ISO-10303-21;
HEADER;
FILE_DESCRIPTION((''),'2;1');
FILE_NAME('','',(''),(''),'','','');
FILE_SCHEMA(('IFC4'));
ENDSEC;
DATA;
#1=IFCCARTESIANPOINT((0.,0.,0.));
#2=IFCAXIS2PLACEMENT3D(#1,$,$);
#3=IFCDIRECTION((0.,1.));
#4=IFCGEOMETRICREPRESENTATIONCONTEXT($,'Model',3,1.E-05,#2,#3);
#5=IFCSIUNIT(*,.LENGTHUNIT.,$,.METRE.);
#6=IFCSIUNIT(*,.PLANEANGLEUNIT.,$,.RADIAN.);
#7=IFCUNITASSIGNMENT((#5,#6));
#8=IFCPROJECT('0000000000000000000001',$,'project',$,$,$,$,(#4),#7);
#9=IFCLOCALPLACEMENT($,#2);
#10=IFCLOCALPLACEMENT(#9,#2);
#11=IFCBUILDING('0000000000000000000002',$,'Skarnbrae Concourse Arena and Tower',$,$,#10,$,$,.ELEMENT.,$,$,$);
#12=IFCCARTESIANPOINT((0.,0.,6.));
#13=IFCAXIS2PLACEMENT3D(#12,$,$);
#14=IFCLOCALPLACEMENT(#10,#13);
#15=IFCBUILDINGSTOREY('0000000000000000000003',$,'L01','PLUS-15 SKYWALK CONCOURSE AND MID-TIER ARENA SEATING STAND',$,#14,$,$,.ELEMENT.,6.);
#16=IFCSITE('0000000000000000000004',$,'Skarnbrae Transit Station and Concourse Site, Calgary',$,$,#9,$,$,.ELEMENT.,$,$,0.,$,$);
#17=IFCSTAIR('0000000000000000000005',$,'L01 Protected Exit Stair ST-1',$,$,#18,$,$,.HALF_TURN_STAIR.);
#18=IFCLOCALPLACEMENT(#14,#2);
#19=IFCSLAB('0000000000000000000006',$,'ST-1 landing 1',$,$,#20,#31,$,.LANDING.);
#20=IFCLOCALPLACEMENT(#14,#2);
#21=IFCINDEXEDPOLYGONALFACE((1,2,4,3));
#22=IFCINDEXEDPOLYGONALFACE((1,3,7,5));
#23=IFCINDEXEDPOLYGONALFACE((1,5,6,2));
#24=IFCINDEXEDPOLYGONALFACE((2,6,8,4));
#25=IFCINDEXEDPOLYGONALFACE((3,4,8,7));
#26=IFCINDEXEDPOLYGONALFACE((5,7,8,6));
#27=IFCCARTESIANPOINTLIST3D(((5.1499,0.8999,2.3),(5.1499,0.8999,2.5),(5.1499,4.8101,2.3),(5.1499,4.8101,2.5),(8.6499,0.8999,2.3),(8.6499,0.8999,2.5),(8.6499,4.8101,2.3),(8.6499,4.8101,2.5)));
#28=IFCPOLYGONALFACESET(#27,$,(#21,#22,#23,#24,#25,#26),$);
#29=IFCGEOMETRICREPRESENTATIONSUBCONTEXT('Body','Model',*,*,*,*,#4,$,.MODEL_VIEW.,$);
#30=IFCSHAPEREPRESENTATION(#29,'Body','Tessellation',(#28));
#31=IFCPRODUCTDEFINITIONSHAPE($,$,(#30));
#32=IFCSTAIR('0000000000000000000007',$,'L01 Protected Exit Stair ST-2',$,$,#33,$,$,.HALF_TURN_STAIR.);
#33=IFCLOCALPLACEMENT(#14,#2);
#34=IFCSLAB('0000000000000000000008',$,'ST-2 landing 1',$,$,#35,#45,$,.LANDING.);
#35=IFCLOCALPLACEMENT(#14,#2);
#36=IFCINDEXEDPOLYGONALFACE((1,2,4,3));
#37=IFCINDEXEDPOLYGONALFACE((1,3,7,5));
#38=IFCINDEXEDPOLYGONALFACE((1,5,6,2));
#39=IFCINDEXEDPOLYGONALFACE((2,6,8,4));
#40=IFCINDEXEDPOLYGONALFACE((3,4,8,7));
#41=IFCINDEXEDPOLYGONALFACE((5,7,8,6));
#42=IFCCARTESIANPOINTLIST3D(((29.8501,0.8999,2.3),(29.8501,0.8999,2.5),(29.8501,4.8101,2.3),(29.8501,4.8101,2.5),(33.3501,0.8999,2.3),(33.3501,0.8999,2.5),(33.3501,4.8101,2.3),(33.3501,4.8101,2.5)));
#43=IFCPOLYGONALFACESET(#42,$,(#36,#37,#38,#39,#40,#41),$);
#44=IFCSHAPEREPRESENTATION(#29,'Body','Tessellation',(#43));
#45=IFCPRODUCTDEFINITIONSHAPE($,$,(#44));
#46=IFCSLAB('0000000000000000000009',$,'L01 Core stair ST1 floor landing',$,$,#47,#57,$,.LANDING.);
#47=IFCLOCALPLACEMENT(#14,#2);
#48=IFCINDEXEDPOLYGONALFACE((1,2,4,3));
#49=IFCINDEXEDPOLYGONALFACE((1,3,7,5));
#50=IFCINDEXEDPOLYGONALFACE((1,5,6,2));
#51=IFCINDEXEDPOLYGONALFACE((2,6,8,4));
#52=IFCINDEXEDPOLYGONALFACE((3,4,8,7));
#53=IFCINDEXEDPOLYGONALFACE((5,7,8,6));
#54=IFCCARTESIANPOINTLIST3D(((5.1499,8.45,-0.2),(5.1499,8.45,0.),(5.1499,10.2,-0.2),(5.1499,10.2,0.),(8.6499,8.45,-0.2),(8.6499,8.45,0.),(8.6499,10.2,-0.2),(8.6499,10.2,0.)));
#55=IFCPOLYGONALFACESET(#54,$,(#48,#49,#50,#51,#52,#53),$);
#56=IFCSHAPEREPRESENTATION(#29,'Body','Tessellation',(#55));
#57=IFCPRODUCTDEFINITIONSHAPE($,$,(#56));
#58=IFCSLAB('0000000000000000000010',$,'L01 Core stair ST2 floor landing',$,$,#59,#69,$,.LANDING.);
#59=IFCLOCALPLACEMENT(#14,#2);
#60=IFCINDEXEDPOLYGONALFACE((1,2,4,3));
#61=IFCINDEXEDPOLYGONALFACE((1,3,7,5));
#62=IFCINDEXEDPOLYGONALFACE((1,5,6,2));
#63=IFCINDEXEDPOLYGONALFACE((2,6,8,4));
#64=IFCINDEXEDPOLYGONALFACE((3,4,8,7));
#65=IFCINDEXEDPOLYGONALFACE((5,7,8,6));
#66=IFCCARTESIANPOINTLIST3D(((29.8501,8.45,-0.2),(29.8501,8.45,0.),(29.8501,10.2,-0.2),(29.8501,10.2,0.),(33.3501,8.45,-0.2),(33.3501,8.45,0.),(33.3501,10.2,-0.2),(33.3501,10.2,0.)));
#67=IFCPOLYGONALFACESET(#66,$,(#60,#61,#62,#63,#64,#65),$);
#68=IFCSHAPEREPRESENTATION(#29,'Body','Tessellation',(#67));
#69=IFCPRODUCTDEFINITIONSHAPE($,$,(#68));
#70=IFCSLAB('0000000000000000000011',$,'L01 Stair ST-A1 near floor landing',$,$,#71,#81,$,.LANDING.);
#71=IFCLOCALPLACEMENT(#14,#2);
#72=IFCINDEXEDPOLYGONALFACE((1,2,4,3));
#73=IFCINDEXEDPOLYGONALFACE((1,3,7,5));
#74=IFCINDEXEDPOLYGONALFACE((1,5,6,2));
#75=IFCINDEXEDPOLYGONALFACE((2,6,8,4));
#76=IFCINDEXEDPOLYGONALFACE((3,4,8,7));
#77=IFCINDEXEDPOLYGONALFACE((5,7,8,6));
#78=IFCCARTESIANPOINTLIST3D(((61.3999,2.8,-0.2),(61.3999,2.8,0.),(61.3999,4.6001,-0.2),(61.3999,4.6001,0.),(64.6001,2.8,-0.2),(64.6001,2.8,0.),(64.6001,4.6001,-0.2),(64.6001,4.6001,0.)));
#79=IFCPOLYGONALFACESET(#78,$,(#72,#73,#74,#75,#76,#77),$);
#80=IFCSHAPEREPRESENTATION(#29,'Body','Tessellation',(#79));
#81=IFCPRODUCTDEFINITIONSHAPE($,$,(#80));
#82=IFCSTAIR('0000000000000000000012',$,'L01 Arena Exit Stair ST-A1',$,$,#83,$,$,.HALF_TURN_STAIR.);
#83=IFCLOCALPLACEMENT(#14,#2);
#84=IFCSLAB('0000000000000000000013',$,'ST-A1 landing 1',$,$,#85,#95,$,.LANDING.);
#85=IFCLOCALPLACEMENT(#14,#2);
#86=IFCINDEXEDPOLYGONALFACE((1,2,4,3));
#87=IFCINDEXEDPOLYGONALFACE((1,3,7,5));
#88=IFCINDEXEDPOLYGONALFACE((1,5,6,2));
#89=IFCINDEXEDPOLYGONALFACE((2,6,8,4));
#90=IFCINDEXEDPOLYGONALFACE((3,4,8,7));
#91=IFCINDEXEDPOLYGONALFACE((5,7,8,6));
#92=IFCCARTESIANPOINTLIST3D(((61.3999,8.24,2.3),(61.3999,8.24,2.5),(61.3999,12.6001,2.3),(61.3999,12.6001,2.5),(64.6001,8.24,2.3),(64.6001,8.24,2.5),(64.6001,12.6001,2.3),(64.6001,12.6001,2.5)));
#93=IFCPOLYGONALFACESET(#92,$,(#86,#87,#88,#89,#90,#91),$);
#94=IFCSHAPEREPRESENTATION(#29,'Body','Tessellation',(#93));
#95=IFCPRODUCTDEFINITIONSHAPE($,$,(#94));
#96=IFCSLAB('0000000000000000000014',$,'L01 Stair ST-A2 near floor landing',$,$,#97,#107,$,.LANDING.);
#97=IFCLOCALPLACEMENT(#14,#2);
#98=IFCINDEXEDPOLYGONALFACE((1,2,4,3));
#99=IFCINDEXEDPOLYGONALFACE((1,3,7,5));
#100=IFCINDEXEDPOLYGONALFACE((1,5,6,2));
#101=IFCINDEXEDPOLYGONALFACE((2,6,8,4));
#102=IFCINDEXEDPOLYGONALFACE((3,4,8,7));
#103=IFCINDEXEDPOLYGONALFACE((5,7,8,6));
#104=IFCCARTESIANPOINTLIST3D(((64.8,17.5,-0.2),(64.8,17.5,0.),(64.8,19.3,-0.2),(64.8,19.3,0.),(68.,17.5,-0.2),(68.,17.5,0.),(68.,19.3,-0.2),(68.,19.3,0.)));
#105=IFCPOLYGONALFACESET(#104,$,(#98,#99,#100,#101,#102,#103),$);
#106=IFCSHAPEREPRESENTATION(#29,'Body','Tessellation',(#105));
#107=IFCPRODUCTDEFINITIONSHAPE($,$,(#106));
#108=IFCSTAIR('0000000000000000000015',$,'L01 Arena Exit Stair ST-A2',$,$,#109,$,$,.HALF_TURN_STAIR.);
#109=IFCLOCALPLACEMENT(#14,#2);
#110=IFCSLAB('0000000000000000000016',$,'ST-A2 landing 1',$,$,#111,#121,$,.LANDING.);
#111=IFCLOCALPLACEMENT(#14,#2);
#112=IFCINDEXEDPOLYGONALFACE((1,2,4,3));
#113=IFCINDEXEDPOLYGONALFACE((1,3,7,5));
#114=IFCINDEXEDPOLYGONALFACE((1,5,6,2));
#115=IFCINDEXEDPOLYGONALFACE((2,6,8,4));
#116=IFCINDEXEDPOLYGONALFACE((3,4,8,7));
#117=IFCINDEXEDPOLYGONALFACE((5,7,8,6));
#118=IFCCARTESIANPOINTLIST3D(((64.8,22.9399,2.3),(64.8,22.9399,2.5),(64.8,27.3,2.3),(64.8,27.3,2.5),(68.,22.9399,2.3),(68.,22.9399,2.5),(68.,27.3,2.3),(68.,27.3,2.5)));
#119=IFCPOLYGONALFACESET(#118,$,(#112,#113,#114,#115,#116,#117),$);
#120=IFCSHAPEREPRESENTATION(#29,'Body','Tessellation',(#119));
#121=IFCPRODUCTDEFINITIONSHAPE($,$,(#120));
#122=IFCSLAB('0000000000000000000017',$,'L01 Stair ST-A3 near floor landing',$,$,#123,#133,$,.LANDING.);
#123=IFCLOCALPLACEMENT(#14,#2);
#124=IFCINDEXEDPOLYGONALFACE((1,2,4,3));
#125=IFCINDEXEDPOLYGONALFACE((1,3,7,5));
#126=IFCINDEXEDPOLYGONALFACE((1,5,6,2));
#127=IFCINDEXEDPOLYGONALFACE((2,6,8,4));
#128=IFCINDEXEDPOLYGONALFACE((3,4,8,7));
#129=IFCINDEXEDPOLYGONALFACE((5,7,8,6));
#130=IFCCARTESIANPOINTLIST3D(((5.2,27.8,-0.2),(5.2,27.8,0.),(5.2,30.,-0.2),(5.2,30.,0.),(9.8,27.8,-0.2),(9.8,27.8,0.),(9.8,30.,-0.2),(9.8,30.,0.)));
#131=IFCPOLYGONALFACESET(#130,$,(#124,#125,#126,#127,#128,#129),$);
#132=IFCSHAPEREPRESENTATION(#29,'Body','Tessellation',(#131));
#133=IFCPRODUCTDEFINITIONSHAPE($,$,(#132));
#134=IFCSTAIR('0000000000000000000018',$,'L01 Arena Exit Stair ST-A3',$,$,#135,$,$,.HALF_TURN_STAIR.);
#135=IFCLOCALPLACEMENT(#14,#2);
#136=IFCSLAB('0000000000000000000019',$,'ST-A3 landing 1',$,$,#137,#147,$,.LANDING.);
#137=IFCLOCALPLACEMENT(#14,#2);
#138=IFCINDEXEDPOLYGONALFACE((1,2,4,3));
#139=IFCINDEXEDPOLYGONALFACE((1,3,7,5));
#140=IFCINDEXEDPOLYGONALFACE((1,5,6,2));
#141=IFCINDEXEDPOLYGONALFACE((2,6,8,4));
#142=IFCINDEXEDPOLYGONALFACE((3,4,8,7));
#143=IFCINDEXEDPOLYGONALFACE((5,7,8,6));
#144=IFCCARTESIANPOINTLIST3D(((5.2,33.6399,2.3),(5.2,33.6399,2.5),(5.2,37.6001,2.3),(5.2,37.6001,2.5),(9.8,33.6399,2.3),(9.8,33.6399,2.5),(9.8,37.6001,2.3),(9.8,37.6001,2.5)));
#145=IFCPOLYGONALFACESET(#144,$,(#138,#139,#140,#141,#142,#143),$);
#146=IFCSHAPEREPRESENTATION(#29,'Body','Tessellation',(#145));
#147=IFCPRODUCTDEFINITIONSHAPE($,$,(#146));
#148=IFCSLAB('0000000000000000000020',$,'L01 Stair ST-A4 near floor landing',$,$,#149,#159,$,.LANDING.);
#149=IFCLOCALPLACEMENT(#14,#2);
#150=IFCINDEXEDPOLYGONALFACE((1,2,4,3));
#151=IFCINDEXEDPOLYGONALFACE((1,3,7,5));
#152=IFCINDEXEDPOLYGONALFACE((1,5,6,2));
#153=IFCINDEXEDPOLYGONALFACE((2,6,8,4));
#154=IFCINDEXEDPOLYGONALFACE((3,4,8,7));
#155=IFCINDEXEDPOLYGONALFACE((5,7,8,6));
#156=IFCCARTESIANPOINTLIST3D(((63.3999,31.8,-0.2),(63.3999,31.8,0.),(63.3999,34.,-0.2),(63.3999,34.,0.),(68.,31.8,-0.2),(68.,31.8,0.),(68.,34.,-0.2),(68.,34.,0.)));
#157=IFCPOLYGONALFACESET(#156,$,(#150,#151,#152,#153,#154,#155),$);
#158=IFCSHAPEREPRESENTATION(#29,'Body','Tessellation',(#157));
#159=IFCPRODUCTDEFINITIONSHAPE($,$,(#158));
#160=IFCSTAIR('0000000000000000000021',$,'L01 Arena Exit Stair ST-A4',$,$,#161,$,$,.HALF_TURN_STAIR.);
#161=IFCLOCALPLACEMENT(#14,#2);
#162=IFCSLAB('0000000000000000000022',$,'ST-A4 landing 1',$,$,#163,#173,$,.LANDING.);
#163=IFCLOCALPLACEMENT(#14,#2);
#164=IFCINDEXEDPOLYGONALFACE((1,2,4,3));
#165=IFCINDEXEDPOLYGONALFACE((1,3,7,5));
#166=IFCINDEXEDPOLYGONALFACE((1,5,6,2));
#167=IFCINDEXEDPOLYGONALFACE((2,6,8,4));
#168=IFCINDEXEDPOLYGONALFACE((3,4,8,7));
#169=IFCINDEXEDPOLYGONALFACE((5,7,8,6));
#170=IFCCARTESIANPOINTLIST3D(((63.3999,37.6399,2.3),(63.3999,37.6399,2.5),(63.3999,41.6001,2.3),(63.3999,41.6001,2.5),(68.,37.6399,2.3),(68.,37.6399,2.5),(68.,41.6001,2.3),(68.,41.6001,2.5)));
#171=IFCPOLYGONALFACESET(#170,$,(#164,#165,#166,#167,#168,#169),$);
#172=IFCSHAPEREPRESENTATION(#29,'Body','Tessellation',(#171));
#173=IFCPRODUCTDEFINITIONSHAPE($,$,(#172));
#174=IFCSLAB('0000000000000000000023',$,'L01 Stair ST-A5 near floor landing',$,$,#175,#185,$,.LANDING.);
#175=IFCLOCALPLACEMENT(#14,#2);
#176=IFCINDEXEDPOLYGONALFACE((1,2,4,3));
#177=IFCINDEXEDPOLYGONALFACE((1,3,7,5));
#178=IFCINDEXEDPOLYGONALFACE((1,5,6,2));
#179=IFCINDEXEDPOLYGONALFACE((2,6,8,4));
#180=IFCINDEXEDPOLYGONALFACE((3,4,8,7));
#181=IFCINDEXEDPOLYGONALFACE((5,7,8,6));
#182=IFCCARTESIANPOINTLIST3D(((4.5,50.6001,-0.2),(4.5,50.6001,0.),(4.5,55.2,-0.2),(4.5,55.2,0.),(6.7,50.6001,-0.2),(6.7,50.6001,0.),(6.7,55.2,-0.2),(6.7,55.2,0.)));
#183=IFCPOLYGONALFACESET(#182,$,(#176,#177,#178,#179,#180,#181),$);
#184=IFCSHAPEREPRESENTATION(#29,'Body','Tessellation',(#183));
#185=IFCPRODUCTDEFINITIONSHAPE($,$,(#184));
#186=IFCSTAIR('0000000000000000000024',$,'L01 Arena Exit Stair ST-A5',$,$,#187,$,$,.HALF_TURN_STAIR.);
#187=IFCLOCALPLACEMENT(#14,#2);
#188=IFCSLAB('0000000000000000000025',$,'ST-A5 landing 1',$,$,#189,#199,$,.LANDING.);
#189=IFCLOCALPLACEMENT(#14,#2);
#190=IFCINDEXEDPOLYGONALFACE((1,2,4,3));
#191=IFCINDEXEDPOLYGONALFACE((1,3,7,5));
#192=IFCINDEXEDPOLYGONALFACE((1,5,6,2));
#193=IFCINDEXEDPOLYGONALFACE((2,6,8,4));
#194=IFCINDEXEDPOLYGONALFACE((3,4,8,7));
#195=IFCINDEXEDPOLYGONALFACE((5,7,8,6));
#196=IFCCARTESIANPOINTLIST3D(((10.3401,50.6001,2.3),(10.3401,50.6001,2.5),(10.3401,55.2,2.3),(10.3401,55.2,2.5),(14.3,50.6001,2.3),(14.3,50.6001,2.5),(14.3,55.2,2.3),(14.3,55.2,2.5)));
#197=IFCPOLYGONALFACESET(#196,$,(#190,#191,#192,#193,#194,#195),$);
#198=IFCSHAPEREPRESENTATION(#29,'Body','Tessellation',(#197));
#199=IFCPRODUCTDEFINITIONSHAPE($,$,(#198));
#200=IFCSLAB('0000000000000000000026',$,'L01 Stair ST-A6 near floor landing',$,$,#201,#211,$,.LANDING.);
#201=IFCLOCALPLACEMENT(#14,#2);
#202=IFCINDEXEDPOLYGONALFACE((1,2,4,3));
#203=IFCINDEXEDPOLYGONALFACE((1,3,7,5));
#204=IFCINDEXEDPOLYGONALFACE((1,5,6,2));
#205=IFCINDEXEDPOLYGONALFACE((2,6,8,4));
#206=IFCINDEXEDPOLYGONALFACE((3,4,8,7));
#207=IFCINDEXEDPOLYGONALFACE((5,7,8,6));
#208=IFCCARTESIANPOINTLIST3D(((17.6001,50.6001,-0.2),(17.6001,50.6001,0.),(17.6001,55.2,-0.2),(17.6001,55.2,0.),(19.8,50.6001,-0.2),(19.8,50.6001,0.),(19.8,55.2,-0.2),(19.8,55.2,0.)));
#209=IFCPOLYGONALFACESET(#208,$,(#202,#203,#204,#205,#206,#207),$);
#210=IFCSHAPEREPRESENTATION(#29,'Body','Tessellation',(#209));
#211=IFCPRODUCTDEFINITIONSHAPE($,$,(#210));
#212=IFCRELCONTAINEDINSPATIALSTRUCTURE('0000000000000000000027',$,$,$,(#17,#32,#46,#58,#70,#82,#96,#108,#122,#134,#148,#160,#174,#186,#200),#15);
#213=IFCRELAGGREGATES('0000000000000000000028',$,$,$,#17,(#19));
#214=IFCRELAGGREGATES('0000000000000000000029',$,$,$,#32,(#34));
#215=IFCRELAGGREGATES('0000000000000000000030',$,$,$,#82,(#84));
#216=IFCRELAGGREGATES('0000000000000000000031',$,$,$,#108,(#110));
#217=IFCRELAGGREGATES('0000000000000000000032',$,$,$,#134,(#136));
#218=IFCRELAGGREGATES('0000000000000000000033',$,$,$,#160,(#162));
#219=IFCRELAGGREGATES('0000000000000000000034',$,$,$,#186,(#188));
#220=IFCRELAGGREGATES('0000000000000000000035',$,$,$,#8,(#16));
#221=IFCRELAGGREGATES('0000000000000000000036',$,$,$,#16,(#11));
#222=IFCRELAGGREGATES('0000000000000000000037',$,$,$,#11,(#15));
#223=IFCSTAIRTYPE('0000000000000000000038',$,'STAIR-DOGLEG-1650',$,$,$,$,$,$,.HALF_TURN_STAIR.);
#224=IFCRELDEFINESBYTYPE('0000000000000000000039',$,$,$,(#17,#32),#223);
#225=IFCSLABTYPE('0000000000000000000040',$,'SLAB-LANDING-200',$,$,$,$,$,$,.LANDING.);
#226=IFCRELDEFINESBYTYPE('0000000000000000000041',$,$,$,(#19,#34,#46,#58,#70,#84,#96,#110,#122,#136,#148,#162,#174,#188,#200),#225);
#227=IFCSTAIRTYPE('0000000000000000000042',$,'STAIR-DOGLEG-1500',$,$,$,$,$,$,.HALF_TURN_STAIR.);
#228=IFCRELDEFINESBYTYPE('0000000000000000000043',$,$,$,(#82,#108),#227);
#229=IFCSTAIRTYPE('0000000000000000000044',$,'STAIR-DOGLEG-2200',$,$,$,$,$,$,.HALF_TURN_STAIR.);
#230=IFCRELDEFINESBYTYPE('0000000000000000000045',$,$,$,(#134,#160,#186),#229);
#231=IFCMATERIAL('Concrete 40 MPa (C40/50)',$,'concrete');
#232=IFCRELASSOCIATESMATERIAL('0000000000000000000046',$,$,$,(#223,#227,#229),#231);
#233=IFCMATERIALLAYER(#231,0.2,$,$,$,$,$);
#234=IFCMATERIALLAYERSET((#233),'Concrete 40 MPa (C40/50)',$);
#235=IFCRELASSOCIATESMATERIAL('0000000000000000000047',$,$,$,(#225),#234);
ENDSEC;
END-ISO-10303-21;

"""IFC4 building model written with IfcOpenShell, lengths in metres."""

from ifc_helpers import new_model, si_unit, direction, frame, origin, place, context, subcontext, project, spatial, polyline, outline, extrude, material, layer, layer_set, type_object, element, aggregate, save


model = new_model("IFC4")

# Units and contexts
model_context = context("Model", 3, precision=1e-05, world=origin(), true_north=direction((0.0, 1.0)))
body_context = subcontext(model_context, "Body", "Model", "MODEL_VIEW")
ifc_project = project(units=[si_unit("LENGTHUNIT", "METRE"), si_unit("PLANEANGLEUNIT", "RADIAN")], contexts=[model_context])

# Site, building, storey
site_placement = place(None, origin())
site = spatial("IfcSite", under=ifc_project, at=site_placement, Name="Skarnbrae Transit Station and Concourse Site, Calgary", CompositionType="ELEMENT", RefElevation=0.0)
building_placement = place(site_placement, origin())
building = spatial("IfcBuilding", under=site, at=building_placement, Name="Skarnbrae Concourse Arena and Tower", CompositionType="ELEMENT")
storey_placement = place(building_placement, frame((0.0, 0.0, 6.0)))
storey = spatial("IfcBuildingStorey", under=building, at=storey_placement, Name="L01", Description="PLUS-15 SKYWALK CONCOURSE AND MID-TIER ARENA SEATING STAND", CompositionType="ELEMENT", Elevation=6.0)

# Stairs, slabs
ifc_material = material(Name="Concrete 40 MPa (C40/50)", Category="concrete")
stair_type_1 = type_object("IfcStairType", Name="STAIR-DOGLEG-1650", PredefinedType="HALF_TURN_STAIR", material=ifc_material)
stair_1_placement = place(storey_placement, origin())
stair_1 = element("IfcStair", 1, at=stair_1_placement, inside=storey, type_object=stair_type_1, Name="L01 Protected Exit Stair ST-1", PredefinedType="HALF_TURN_STAIR")
ifc_layer_1 = layer(ifc_material, 0.2)
ifc_layer_set_1 = layer_set([ifc_layer_1], Name="Concrete 40 MPa (C40/50)")
slab_type_1 = type_object("IfcSlabType", Name="SLAB-LANDING-200", PredefinedType="LANDING", material=ifc_layer_set_1)
slab_1_placement = place(storey_placement, frame((0.0, 0.0, 2.3)))
slab_1 = element("IfcSlab", 2, at=slab_1_placement, type_object=slab_type_1, Name="ST-1 landing 1", PredefinedType="LANDING", context=body_context, shape_type="SweptSolid", body=[
    extrude(outline(polyline([(5.1499, 4.8101), (5.1499, 0.8999), (8.6499, 0.8999), (8.6499, 4.8101), (5.1499, 4.8101)])), origin(), (0.0, 0.0, 1.0), 0.2),
])
aggregate(stair_1, [slab_1])
stair_2_placement = place(storey_placement, origin())
stair_2 = element("IfcStair", 3, at=stair_2_placement, inside=storey, type_object=stair_type_1, Name="L01 Protected Exit Stair ST-2", PredefinedType="HALF_TURN_STAIR")
slab_2_placement = place(storey_placement, frame((0.0, 0.0, 2.3)))
slab_2 = element("IfcSlab", 4, at=slab_2_placement, type_object=slab_type_1, Name="ST-2 landing 1", PredefinedType="LANDING", context=body_context, shape_type="SweptSolid", body=[
    extrude(outline(polyline([(29.8501, 4.8101), (29.8501, 0.8999), (33.3501, 0.8999), (33.3501, 4.8101), (29.8501, 4.8101)])), origin(), (0.0, 0.0, 1.0), 0.2),
])
aggregate(stair_2, [slab_2])

# Slabs
slab_3_placement = place(storey_placement, frame((0.0, 0.0, -0.2)))
element("IfcSlab", 5, at=slab_3_placement, inside=storey, type_object=slab_type_1, Name="L01 Core stair ST1 floor landing", PredefinedType="LANDING", context=body_context, shape_type="SweptSolid", body=[
    extrude(outline(polyline([(5.1499, 10.2), (5.1499, 8.45), (8.6499, 8.45), (8.6499, 10.2), (5.1499, 10.2)])), origin(), (0.0, 0.0, 1.0), 0.2),
])
slab_4_placement = place(storey_placement, frame((0.0, 0.0, -0.2)))
element("IfcSlab", 6, at=slab_4_placement, inside=storey, type_object=slab_type_1, Name="L01 Core stair ST2 floor landing", PredefinedType="LANDING", context=body_context, shape_type="SweptSolid", body=[
    extrude(outline(polyline([(29.8501, 10.2), (29.8501, 8.45), (33.3501, 8.45), (33.3501, 10.2), (29.8501, 10.2)])), origin(), (0.0, 0.0, 1.0), 0.2),
])
slab_5_placement = place(storey_placement, frame((0.0, 0.0, -0.2)))
element("IfcSlab", 7, at=slab_5_placement, inside=storey, type_object=slab_type_1, Name="L01 Stair ST-A1 near floor landing", PredefinedType="LANDING", context=body_context, shape_type="SweptSolid", body=[
    extrude(outline(polyline([(64.6001, 2.8), (64.6001, 4.6001), (61.3999, 4.6001), (61.3999, 2.8), (64.6001, 2.8)])), origin(), (0.0, 0.0, 1.0), 0.2),
])

# Stair, slab
stair_type_2 = type_object("IfcStairType", Name="STAIR-DOGLEG-1500", PredefinedType="HALF_TURN_STAIR", material=ifc_material)
stair_3_placement = place(storey_placement, origin())
stair_3 = element("IfcStair", 8, at=stair_3_placement, inside=storey, type_object=stair_type_2, Name="L01 Arena Exit Stair ST-A1", PredefinedType="HALF_TURN_STAIR")
slab_6_placement = place(storey_placement, frame((0.0, 0.0, 2.3)))
slab_6 = element("IfcSlab", 9, at=slab_6_placement, type_object=slab_type_1, Name="ST-A1 landing 1", PredefinedType="LANDING", context=body_context, shape_type="SweptSolid", body=[
    extrude(outline(polyline([(64.6001, 8.24), (64.6001, 12.6001), (61.3999, 12.6001), (61.3999, 8.24), (64.6001, 8.24)])), origin(), (0.0, 0.0, 1.0), 0.2),
])
aggregate(stair_3, [slab_6])

# Slab
slab_7_placement = place(storey_placement, frame((0.0, 0.0, -0.2)))
element("IfcSlab", 10, at=slab_7_placement, inside=storey, type_object=slab_type_1, Name="L01 Stair ST-A2 near floor landing", PredefinedType="LANDING", context=body_context, shape_type="SweptSolid", body=[
    extrude(outline(polyline([(68.0, 17.5), (68.0, 19.3), (64.8, 19.3), (64.8, 17.5), (68.0, 17.5)])), origin(), (0.0, 0.0, 1.0), 0.2),
])

# Stair, slab
stair_4_placement = place(storey_placement, origin())
stair_4 = element("IfcStair", 11, at=stair_4_placement, inside=storey, type_object=stair_type_2, Name="L01 Arena Exit Stair ST-A2", PredefinedType="HALF_TURN_STAIR")
slab_8_placement = place(storey_placement, frame((0.0, 0.0, 2.3)))
slab_8 = element("IfcSlab", 12, at=slab_8_placement, type_object=slab_type_1, Name="ST-A2 landing 1", PredefinedType="LANDING", context=body_context, shape_type="SweptSolid", body=[
    extrude(outline(polyline([(68.0, 22.9399), (68.0, 27.3), (64.8, 27.3), (64.8, 22.9399), (68.0, 22.9399)])), origin(), (0.0, 0.0, 1.0), 0.2),
])
aggregate(stair_4, [slab_8])

# Slab
slab_9_placement = place(storey_placement, frame((0.0, 0.0, -0.2)))
element("IfcSlab", 13, at=slab_9_placement, inside=storey, type_object=slab_type_1, Name="L01 Stair ST-A3 near floor landing", PredefinedType="LANDING", context=body_context, shape_type="SweptSolid", body=[
    extrude(outline(polyline([(9.8, 27.8), (9.8, 30.0), (5.2, 30.0), (5.2, 27.8), (9.8, 27.8)])), origin(), (0.0, 0.0, 1.0), 0.2),
])

# Stair, slab
stair_type_3 = type_object("IfcStairType", Name="STAIR-DOGLEG-2200", PredefinedType="HALF_TURN_STAIR", material=ifc_material)
stair_5_placement = place(storey_placement, origin())
stair_5 = element("IfcStair", 14, at=stair_5_placement, inside=storey, type_object=stair_type_3, Name="L01 Arena Exit Stair ST-A3", PredefinedType="HALF_TURN_STAIR")
slab_10_placement = place(storey_placement, frame((0.0, 0.0, 2.3)))
slab_10 = element("IfcSlab", 15, at=slab_10_placement, type_object=slab_type_1, Name="ST-A3 landing 1", PredefinedType="LANDING", context=body_context, shape_type="SweptSolid", body=[
    extrude(outline(polyline([(9.8, 33.6399), (9.8, 37.6001), (5.2, 37.6001), (5.2, 33.6399), (9.8, 33.6399)])), origin(), (0.0, 0.0, 1.0), 0.2),
])
aggregate(stair_5, [slab_10])

# Slab
slab_11_placement = place(storey_placement, frame((0.0, 0.0, -0.2)))
element("IfcSlab", 16, at=slab_11_placement, inside=storey, type_object=slab_type_1, Name="L01 Stair ST-A4 near floor landing", PredefinedType="LANDING", context=body_context, shape_type="SweptSolid", body=[
    extrude(outline(polyline([(68.0, 31.8), (68.0, 34.0), (63.3999, 34.0), (63.3999, 31.8), (68.0, 31.8)])), origin(), (0.0, 0.0, 1.0), 0.2),
])

# Stair, slab
stair_6_placement = place(storey_placement, origin())
stair_6 = element("IfcStair", 17, at=stair_6_placement, inside=storey, type_object=stair_type_3, Name="L01 Arena Exit Stair ST-A4", PredefinedType="HALF_TURN_STAIR")
slab_12_placement = place(storey_placement, frame((0.0, 0.0, 2.3)))
slab_12 = element("IfcSlab", 18, at=slab_12_placement, type_object=slab_type_1, Name="ST-A4 landing 1", PredefinedType="LANDING", context=body_context, shape_type="SweptSolid", body=[
    extrude(outline(polyline([(68.0, 37.6399), (68.0, 41.6001), (63.3999, 41.6001), (63.3999, 37.6399), (68.0, 37.6399)])), origin(), (0.0, 0.0, 1.0), 0.2),
])
aggregate(stair_6, [slab_12])

# Slab
slab_13_placement = place(storey_placement, frame((0.0, 0.0, -0.2)))
element("IfcSlab", 19, at=slab_13_placement, inside=storey, type_object=slab_type_1, Name="L01 Stair ST-A5 near floor landing", PredefinedType="LANDING", context=body_context, shape_type="SweptSolid", body=[
    extrude(outline(polyline([(4.5, 50.6001), (6.7, 50.6001), (6.7, 55.2), (4.5, 55.2), (4.5, 50.6001)])), origin(), (0.0, 0.0, 1.0), 0.2),
])

# Stair, slab
stair_7_placement = place(storey_placement, origin())
stair_7 = element("IfcStair", 20, at=stair_7_placement, inside=storey, type_object=stair_type_3, Name="L01 Arena Exit Stair ST-A5", PredefinedType="HALF_TURN_STAIR")
slab_14_placement = place(storey_placement, frame((0.0, 0.0, 2.3)))
slab_14 = element("IfcSlab", 21, at=slab_14_placement, type_object=slab_type_1, Name="ST-A5 landing 1", PredefinedType="LANDING", context=body_context, shape_type="SweptSolid", body=[
    extrude(outline(polyline([(10.3401, 50.6001), (14.3, 50.6001), (14.3, 55.2), (10.3401, 55.2), (10.3401, 50.6001)])), origin(), (0.0, 0.0, 1.0), 0.2),
])
aggregate(stair_7, [slab_14])

# Slab
slab_15_placement = place(storey_placement, frame((0.0, 0.0, -0.2)))
element("IfcSlab", 22, at=slab_15_placement, inside=storey, type_object=slab_type_1, Name="L01 Stair ST-A6 near floor landing", PredefinedType="LANDING", context=body_context, shape_type="SweptSolid", body=[
    extrude(outline(polyline([(17.6001, 50.6001), (19.8, 50.6001), (19.8, 55.2), (17.6001, 55.2), (17.6001, 50.6001)])), origin(), (0.0, 0.0, 1.0), 0.2),
])

save(model, "model.ifc")
